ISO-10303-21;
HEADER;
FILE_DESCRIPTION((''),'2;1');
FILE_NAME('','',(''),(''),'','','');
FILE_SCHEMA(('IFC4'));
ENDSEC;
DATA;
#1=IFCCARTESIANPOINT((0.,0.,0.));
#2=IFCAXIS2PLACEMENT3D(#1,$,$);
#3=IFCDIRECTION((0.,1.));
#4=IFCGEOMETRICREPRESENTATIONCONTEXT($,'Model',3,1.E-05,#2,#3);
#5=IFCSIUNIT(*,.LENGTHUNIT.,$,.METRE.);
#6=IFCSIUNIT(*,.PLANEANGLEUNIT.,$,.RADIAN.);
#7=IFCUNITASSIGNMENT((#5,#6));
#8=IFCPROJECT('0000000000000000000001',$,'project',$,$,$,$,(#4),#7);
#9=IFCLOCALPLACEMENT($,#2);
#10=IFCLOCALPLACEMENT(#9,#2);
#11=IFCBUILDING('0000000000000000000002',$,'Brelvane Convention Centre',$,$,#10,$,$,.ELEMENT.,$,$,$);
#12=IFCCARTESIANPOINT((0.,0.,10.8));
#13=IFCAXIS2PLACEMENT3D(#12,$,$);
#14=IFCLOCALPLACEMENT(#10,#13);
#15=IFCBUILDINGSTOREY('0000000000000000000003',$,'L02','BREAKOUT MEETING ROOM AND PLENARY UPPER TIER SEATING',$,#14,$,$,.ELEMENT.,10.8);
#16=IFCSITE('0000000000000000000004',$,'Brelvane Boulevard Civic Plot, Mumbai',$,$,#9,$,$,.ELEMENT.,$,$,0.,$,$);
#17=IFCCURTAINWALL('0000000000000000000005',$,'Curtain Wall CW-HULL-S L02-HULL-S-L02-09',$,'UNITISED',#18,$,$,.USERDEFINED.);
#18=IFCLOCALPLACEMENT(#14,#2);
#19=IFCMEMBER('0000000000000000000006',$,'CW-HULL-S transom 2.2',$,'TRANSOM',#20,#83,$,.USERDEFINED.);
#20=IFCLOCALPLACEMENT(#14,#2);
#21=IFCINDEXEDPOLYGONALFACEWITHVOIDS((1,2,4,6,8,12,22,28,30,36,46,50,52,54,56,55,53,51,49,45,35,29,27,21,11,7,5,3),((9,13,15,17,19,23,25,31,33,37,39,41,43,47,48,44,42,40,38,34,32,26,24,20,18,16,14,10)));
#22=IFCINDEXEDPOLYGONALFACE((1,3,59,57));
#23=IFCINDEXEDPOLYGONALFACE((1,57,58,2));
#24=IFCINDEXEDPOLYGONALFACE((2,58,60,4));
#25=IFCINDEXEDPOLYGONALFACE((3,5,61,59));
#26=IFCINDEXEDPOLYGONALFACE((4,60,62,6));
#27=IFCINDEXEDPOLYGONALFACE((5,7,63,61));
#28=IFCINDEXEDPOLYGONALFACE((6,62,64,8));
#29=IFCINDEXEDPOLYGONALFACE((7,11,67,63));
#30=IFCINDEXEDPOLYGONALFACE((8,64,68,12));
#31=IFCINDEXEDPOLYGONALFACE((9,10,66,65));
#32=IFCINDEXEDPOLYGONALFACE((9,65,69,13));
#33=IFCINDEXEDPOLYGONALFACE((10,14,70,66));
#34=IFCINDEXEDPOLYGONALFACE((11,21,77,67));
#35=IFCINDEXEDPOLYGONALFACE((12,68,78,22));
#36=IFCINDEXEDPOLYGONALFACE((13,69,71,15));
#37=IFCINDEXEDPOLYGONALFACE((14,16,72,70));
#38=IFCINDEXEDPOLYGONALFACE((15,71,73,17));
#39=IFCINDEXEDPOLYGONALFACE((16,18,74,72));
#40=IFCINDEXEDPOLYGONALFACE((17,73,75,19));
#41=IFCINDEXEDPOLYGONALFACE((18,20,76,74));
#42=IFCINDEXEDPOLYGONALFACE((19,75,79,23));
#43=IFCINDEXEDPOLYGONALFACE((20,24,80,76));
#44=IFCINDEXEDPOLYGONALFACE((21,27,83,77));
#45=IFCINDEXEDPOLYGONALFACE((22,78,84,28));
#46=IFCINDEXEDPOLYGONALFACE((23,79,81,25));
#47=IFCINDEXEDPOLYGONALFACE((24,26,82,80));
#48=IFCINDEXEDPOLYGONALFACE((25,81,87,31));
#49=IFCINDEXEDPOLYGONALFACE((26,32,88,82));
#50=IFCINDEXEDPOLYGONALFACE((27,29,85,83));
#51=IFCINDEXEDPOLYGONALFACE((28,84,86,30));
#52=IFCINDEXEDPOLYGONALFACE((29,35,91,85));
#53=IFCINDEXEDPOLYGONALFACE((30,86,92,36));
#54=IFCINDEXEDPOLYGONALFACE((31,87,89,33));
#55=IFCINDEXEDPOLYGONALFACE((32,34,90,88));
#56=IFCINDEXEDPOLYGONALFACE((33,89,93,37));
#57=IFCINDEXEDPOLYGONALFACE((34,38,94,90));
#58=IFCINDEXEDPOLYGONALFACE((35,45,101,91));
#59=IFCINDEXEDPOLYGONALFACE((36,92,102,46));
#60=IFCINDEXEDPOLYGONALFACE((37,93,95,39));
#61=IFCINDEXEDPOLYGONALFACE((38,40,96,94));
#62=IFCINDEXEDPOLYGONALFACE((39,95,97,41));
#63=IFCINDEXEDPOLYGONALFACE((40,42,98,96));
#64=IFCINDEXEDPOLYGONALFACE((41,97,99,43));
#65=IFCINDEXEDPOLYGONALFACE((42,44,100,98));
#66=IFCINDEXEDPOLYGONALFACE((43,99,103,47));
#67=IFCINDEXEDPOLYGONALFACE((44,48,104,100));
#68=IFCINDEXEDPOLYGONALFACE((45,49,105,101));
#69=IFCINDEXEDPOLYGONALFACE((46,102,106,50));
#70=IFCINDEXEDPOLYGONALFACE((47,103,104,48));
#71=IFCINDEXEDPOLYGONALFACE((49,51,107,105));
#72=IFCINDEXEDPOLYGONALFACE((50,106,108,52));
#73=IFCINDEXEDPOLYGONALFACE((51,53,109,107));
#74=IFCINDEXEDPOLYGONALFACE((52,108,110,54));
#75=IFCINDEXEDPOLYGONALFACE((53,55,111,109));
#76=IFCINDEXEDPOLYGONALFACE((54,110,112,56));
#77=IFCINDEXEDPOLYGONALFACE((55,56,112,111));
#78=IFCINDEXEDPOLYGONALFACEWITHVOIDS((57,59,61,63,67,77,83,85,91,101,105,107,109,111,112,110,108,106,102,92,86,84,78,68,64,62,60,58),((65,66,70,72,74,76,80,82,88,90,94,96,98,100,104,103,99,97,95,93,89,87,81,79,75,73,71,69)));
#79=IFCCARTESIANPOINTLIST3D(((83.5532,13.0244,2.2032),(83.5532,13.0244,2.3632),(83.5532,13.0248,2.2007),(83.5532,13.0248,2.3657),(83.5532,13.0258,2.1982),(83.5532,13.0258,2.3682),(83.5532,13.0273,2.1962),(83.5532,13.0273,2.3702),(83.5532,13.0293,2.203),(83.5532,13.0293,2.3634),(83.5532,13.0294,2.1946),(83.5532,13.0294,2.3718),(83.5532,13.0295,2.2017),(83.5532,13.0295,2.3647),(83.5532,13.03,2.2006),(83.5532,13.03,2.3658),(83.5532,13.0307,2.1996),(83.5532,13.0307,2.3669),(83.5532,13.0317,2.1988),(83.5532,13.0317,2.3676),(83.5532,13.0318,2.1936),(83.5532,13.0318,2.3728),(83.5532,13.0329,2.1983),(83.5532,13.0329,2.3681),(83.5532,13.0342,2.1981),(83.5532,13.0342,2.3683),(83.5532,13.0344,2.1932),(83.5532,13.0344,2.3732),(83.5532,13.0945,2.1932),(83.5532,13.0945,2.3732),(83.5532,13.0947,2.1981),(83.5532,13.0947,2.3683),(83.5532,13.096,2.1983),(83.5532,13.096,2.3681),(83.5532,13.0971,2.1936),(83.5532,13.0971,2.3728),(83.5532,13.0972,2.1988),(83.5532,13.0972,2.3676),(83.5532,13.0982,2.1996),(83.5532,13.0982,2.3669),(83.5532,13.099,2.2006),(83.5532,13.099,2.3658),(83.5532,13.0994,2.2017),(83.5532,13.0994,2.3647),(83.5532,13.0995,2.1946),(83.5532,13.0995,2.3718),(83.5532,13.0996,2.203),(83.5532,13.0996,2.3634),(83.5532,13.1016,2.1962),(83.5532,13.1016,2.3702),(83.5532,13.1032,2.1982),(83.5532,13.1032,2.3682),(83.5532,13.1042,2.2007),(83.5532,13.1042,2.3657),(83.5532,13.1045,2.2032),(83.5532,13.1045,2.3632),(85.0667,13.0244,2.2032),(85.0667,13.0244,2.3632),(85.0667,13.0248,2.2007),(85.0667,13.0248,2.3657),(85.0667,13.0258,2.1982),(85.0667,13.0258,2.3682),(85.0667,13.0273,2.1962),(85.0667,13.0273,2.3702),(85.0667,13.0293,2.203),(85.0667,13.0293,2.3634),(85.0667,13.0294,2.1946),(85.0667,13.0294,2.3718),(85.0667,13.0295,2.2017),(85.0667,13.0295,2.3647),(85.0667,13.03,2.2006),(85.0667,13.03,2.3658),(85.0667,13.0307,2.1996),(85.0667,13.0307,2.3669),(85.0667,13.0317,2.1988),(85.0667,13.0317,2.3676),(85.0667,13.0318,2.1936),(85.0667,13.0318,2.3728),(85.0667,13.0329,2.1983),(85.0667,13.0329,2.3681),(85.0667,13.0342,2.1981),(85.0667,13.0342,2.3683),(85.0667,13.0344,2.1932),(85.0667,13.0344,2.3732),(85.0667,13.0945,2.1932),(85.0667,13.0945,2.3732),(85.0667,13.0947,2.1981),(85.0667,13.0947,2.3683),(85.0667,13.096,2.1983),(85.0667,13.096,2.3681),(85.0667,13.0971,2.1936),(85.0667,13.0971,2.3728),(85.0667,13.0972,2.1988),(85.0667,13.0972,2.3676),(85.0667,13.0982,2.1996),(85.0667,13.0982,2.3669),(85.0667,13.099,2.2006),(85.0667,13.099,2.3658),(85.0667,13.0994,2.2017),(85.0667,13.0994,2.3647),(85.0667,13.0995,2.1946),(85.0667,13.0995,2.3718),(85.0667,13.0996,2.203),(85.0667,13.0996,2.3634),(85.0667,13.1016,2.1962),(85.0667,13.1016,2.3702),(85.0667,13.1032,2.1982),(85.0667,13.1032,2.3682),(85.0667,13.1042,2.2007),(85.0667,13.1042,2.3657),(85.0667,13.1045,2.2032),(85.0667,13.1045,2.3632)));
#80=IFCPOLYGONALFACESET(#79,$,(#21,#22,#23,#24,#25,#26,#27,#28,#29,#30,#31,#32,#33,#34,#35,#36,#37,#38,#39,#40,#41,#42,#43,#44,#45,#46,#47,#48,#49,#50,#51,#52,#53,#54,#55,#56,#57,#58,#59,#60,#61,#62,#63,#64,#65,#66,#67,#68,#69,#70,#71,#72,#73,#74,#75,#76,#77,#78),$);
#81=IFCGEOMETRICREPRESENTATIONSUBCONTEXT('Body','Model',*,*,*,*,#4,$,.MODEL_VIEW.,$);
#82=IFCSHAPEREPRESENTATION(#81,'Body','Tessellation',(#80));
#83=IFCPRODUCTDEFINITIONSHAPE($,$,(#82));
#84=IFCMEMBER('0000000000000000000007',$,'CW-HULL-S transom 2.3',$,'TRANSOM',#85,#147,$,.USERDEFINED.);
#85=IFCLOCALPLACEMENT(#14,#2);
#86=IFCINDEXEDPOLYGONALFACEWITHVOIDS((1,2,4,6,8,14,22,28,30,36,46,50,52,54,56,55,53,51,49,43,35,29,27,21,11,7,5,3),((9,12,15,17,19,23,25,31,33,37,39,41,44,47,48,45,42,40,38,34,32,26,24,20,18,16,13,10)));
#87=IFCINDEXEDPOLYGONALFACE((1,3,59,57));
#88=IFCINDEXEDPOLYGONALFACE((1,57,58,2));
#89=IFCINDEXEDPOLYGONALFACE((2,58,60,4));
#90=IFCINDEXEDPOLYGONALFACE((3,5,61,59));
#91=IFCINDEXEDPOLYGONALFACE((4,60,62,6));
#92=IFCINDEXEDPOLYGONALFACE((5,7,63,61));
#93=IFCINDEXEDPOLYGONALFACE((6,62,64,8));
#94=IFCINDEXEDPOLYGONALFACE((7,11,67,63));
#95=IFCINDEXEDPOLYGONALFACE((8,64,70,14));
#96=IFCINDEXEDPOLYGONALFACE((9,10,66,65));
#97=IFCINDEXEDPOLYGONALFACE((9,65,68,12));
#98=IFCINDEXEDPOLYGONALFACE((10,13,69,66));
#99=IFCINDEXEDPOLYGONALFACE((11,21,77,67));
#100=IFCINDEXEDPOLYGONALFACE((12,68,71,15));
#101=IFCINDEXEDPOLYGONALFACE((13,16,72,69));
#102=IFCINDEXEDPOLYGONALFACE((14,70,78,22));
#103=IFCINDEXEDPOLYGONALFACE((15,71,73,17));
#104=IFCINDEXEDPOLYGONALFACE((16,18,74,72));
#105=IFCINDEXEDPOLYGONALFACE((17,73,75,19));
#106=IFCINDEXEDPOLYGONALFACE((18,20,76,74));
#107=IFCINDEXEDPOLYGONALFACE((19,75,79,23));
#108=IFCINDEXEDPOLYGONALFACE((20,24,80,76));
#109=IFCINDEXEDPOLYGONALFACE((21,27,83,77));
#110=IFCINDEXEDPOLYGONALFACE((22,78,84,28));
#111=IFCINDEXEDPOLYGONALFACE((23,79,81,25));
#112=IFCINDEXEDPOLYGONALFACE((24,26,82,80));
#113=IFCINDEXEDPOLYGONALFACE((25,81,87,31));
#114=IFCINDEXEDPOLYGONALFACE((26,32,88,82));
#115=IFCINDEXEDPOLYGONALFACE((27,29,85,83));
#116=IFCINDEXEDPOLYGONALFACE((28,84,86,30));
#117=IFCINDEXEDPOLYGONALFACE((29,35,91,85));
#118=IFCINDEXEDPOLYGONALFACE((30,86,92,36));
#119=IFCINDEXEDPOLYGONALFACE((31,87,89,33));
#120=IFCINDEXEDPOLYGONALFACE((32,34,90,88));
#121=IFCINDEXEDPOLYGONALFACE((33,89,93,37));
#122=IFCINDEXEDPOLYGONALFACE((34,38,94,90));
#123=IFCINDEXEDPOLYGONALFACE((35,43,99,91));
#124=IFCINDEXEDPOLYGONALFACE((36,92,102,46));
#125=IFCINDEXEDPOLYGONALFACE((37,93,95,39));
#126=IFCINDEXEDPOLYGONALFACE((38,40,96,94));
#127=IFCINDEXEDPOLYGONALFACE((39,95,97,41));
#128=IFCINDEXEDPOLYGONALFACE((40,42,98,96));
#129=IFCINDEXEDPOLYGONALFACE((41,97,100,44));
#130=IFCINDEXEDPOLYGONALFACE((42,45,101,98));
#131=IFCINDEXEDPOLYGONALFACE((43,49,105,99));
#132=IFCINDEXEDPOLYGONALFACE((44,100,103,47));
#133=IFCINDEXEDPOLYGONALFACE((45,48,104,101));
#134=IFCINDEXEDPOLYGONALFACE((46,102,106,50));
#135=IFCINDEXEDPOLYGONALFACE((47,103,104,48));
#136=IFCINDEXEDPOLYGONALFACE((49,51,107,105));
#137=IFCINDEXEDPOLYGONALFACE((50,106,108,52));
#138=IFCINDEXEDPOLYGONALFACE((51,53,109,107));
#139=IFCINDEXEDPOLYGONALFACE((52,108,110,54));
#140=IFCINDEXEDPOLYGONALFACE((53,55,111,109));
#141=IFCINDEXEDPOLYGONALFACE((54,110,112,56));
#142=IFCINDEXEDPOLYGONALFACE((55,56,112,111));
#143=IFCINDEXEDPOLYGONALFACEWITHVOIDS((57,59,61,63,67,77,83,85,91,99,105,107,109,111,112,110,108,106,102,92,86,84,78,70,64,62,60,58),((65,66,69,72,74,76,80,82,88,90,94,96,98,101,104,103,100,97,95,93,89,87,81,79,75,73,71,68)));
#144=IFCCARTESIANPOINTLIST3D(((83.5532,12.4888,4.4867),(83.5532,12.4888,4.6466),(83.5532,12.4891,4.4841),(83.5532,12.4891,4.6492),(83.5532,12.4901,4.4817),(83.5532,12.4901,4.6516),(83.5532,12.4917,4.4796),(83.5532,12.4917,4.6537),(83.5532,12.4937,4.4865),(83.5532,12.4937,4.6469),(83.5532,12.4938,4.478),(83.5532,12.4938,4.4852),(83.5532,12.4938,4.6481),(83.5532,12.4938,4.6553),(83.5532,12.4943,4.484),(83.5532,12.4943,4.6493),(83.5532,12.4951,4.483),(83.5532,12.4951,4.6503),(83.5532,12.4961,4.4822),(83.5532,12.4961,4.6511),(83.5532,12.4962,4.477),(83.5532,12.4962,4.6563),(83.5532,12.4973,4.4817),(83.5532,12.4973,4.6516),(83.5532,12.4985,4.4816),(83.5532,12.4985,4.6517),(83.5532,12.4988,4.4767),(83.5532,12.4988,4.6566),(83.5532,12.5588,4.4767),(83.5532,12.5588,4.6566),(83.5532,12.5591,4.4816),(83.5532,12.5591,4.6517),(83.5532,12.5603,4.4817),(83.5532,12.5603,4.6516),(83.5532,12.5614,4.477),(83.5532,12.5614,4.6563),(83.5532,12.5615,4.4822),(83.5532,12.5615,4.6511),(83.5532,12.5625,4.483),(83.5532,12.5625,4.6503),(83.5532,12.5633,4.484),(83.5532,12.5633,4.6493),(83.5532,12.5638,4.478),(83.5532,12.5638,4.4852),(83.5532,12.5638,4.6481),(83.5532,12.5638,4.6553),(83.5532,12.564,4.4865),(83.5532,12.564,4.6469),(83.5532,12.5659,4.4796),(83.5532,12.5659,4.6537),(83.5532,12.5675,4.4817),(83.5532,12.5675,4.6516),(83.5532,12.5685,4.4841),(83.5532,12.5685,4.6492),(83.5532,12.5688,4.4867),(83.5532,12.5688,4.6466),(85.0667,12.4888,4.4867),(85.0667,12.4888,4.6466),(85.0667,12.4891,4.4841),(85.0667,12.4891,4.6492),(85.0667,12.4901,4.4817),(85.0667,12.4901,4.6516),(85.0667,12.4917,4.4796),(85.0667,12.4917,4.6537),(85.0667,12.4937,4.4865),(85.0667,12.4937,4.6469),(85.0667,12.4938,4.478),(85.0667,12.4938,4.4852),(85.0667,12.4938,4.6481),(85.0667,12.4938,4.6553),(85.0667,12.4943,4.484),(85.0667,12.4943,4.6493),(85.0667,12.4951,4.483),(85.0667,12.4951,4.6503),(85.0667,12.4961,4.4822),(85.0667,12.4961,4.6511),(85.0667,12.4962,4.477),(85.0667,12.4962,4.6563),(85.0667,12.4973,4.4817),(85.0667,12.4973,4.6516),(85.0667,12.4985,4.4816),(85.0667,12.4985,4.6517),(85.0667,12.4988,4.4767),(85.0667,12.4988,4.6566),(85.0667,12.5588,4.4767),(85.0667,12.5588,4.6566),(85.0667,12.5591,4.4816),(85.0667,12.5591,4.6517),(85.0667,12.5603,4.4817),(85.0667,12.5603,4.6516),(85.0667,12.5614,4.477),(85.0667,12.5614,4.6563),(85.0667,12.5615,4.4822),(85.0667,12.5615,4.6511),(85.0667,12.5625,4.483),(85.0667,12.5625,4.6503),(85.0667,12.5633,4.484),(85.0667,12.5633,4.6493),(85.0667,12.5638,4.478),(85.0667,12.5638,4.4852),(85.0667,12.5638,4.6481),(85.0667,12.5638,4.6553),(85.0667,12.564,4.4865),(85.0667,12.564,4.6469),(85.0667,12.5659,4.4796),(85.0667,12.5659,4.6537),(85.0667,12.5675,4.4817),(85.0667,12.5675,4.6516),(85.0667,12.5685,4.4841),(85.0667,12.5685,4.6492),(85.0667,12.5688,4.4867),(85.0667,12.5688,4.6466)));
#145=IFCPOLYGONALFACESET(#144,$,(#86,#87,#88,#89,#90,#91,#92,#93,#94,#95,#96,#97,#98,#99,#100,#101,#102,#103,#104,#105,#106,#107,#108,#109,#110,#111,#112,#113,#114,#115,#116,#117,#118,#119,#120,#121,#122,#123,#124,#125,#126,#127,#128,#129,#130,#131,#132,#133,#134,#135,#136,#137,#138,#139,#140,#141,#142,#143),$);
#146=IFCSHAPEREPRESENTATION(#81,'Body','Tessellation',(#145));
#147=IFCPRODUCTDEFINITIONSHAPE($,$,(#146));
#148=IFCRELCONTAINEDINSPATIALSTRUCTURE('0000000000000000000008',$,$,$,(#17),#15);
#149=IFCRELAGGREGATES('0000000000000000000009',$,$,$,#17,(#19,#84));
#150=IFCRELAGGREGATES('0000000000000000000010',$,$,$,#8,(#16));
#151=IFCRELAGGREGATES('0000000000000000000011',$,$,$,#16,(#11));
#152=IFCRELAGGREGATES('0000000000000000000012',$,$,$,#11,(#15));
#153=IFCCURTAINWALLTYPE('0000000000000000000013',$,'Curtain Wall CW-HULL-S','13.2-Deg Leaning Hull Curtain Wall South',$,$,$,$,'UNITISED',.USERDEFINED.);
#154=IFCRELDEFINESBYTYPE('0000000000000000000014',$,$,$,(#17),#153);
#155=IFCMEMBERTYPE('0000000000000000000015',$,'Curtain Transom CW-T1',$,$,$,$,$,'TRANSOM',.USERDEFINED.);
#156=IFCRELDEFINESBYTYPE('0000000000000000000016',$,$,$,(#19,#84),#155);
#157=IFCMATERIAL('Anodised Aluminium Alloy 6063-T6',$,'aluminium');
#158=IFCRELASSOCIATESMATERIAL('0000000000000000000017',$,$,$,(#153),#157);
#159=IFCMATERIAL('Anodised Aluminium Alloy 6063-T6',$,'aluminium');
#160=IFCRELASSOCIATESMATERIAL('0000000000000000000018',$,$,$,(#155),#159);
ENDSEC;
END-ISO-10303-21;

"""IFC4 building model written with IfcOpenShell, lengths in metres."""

from ifc_helpers import new_model, si_unit, direction, frame, origin, origin_2d, place, context, subcontext, project, spatial, hollow_rectangle, extrude, material, material_profile, profile_set, type_object, element, aggregate, save


model = new_model("IFC4")

# Units and contexts
model_context = context("Model", 3, precision=1e-05, world=origin(), true_north=direction((0.0, 1.0)))
body_context = subcontext(model_context, "Body", "Model", "MODEL_VIEW")
ifc_project = project(units=[si_unit("LENGTHUNIT", "METRE"), si_unit("PLANEANGLEUNIT", "RADIAN")], contexts=[model_context])

# Site, building, storey
site_placement = place(None, origin())
site = spatial("IfcSite", under=ifc_project, at=site_placement, Name="Brelvane Boulevard Civic Plot, Mumbai", CompositionType="ELEMENT", RefElevation=0.0)
building_placement = place(site_placement, origin())
building = spatial("IfcBuilding", under=site, at=building_placement, Name="Brelvane Convention Centre", CompositionType="ELEMENT")
storey_placement = place(building_placement, frame((0.0, 0.0, 10.8)))
storey = spatial("IfcBuildingStorey", under=building, at=storey_placement, Name="L02", Description="BREAKOUT MEETING ROOM AND PLENARY UPPER TIER SEATING", CompositionType="ELEMENT", Elevation=10.8)

# Curtain wall, members
ifc_material_1 = material(Name="Anodised Aluminium Alloy 6063-T6", Category="aluminium")
curtain_wall_type = type_object("IfcCurtainWallType", Name="Curtain Wall CW-HULL-S", Description="13.2-Deg Leaning Hull Curtain Wall South", ElementType="UNITISED", PredefinedType="USERDEFINED", material=ifc_material_1)
curtain_wall_1_placement = place(storey_placement, origin())
curtain_wall_1 = element("IfcCurtainWall", 1, at=curtain_wall_1_placement, inside=storey, type_object=curtain_wall_type, Name="Curtain Wall CW-HULL-S L02-HULL-S-L02-09", ObjectType="UNITISED", PredefinedType="USERDEFINED")
ifc_material_2 = material(Name="Anodised Aluminium Alloy 6063-T6", Category="aluminium")
ifc_material_profile = material_profile(ifc_material_2, hollow_rectangle(XDim=0.0801, YDim=0.1799, WallThickness=0.0049, InnerFilletRadius=0.0049, OuterFilletRadius=0.01, at=origin_2d()), Name="ALU-T 180x80x5.0")
ifc_profile_set = profile_set([ifc_material_profile], Name="Anodised Aluminium Alloy 6063-T6")
member_type = type_object("IfcMemberType", Name="Curtain Transom CW-T1", ElementType="TRANSOM", PredefinedType="USERDEFINED", material=ifc_profile_set)
member_1_placement = place(storey_placement, frame((83.5532, 13.0645, 2.2832), z_axis=(1.0, 0.0, 0.0), x_axis=(0.0, 1.0, 0.0)))
member_1 = element("IfcMember", 2, at=member_1_placement, type_object=member_type, Name="CW-HULL-S transom 2.2", ObjectType="TRANSOM", PredefinedType="USERDEFINED", context=body_context, shape_type="SweptSolid", body=[
    extrude(hollow_rectangle(XDim=0.0801, YDim=0.1799, WallThickness=0.0049, InnerFilletRadius=0.0049, OuterFilletRadius=0.01, at=origin_2d()), origin(), (0.0, 0.0, 1.0), 1.5134),
])
member_2_placement = place(storey_placement, frame((83.5532, 12.5288, 4.5667), z_axis=(1.0, 0.0, 0.0), x_axis=(0.0, 1.0, 0.0)))
member_2 = element("IfcMember", 3, at=member_2_placement, type_object=member_type, Name="CW-HULL-S transom 2.3", ObjectType="TRANSOM", PredefinedType="USERDEFINED", context=body_context, shape_type="SweptSolid", body=[
    extrude(hollow_rectangle(XDim=0.0801, YDim=0.1799, WallThickness=0.0049, InnerFilletRadius=0.0049, OuterFilletRadius=0.01, at=origin_2d()), origin(), (0.0, 0.0, 1.0), 1.5134),
])

aggregate(curtain_wall_1, [member_1, member_2])

save(model, "model.ifc")
